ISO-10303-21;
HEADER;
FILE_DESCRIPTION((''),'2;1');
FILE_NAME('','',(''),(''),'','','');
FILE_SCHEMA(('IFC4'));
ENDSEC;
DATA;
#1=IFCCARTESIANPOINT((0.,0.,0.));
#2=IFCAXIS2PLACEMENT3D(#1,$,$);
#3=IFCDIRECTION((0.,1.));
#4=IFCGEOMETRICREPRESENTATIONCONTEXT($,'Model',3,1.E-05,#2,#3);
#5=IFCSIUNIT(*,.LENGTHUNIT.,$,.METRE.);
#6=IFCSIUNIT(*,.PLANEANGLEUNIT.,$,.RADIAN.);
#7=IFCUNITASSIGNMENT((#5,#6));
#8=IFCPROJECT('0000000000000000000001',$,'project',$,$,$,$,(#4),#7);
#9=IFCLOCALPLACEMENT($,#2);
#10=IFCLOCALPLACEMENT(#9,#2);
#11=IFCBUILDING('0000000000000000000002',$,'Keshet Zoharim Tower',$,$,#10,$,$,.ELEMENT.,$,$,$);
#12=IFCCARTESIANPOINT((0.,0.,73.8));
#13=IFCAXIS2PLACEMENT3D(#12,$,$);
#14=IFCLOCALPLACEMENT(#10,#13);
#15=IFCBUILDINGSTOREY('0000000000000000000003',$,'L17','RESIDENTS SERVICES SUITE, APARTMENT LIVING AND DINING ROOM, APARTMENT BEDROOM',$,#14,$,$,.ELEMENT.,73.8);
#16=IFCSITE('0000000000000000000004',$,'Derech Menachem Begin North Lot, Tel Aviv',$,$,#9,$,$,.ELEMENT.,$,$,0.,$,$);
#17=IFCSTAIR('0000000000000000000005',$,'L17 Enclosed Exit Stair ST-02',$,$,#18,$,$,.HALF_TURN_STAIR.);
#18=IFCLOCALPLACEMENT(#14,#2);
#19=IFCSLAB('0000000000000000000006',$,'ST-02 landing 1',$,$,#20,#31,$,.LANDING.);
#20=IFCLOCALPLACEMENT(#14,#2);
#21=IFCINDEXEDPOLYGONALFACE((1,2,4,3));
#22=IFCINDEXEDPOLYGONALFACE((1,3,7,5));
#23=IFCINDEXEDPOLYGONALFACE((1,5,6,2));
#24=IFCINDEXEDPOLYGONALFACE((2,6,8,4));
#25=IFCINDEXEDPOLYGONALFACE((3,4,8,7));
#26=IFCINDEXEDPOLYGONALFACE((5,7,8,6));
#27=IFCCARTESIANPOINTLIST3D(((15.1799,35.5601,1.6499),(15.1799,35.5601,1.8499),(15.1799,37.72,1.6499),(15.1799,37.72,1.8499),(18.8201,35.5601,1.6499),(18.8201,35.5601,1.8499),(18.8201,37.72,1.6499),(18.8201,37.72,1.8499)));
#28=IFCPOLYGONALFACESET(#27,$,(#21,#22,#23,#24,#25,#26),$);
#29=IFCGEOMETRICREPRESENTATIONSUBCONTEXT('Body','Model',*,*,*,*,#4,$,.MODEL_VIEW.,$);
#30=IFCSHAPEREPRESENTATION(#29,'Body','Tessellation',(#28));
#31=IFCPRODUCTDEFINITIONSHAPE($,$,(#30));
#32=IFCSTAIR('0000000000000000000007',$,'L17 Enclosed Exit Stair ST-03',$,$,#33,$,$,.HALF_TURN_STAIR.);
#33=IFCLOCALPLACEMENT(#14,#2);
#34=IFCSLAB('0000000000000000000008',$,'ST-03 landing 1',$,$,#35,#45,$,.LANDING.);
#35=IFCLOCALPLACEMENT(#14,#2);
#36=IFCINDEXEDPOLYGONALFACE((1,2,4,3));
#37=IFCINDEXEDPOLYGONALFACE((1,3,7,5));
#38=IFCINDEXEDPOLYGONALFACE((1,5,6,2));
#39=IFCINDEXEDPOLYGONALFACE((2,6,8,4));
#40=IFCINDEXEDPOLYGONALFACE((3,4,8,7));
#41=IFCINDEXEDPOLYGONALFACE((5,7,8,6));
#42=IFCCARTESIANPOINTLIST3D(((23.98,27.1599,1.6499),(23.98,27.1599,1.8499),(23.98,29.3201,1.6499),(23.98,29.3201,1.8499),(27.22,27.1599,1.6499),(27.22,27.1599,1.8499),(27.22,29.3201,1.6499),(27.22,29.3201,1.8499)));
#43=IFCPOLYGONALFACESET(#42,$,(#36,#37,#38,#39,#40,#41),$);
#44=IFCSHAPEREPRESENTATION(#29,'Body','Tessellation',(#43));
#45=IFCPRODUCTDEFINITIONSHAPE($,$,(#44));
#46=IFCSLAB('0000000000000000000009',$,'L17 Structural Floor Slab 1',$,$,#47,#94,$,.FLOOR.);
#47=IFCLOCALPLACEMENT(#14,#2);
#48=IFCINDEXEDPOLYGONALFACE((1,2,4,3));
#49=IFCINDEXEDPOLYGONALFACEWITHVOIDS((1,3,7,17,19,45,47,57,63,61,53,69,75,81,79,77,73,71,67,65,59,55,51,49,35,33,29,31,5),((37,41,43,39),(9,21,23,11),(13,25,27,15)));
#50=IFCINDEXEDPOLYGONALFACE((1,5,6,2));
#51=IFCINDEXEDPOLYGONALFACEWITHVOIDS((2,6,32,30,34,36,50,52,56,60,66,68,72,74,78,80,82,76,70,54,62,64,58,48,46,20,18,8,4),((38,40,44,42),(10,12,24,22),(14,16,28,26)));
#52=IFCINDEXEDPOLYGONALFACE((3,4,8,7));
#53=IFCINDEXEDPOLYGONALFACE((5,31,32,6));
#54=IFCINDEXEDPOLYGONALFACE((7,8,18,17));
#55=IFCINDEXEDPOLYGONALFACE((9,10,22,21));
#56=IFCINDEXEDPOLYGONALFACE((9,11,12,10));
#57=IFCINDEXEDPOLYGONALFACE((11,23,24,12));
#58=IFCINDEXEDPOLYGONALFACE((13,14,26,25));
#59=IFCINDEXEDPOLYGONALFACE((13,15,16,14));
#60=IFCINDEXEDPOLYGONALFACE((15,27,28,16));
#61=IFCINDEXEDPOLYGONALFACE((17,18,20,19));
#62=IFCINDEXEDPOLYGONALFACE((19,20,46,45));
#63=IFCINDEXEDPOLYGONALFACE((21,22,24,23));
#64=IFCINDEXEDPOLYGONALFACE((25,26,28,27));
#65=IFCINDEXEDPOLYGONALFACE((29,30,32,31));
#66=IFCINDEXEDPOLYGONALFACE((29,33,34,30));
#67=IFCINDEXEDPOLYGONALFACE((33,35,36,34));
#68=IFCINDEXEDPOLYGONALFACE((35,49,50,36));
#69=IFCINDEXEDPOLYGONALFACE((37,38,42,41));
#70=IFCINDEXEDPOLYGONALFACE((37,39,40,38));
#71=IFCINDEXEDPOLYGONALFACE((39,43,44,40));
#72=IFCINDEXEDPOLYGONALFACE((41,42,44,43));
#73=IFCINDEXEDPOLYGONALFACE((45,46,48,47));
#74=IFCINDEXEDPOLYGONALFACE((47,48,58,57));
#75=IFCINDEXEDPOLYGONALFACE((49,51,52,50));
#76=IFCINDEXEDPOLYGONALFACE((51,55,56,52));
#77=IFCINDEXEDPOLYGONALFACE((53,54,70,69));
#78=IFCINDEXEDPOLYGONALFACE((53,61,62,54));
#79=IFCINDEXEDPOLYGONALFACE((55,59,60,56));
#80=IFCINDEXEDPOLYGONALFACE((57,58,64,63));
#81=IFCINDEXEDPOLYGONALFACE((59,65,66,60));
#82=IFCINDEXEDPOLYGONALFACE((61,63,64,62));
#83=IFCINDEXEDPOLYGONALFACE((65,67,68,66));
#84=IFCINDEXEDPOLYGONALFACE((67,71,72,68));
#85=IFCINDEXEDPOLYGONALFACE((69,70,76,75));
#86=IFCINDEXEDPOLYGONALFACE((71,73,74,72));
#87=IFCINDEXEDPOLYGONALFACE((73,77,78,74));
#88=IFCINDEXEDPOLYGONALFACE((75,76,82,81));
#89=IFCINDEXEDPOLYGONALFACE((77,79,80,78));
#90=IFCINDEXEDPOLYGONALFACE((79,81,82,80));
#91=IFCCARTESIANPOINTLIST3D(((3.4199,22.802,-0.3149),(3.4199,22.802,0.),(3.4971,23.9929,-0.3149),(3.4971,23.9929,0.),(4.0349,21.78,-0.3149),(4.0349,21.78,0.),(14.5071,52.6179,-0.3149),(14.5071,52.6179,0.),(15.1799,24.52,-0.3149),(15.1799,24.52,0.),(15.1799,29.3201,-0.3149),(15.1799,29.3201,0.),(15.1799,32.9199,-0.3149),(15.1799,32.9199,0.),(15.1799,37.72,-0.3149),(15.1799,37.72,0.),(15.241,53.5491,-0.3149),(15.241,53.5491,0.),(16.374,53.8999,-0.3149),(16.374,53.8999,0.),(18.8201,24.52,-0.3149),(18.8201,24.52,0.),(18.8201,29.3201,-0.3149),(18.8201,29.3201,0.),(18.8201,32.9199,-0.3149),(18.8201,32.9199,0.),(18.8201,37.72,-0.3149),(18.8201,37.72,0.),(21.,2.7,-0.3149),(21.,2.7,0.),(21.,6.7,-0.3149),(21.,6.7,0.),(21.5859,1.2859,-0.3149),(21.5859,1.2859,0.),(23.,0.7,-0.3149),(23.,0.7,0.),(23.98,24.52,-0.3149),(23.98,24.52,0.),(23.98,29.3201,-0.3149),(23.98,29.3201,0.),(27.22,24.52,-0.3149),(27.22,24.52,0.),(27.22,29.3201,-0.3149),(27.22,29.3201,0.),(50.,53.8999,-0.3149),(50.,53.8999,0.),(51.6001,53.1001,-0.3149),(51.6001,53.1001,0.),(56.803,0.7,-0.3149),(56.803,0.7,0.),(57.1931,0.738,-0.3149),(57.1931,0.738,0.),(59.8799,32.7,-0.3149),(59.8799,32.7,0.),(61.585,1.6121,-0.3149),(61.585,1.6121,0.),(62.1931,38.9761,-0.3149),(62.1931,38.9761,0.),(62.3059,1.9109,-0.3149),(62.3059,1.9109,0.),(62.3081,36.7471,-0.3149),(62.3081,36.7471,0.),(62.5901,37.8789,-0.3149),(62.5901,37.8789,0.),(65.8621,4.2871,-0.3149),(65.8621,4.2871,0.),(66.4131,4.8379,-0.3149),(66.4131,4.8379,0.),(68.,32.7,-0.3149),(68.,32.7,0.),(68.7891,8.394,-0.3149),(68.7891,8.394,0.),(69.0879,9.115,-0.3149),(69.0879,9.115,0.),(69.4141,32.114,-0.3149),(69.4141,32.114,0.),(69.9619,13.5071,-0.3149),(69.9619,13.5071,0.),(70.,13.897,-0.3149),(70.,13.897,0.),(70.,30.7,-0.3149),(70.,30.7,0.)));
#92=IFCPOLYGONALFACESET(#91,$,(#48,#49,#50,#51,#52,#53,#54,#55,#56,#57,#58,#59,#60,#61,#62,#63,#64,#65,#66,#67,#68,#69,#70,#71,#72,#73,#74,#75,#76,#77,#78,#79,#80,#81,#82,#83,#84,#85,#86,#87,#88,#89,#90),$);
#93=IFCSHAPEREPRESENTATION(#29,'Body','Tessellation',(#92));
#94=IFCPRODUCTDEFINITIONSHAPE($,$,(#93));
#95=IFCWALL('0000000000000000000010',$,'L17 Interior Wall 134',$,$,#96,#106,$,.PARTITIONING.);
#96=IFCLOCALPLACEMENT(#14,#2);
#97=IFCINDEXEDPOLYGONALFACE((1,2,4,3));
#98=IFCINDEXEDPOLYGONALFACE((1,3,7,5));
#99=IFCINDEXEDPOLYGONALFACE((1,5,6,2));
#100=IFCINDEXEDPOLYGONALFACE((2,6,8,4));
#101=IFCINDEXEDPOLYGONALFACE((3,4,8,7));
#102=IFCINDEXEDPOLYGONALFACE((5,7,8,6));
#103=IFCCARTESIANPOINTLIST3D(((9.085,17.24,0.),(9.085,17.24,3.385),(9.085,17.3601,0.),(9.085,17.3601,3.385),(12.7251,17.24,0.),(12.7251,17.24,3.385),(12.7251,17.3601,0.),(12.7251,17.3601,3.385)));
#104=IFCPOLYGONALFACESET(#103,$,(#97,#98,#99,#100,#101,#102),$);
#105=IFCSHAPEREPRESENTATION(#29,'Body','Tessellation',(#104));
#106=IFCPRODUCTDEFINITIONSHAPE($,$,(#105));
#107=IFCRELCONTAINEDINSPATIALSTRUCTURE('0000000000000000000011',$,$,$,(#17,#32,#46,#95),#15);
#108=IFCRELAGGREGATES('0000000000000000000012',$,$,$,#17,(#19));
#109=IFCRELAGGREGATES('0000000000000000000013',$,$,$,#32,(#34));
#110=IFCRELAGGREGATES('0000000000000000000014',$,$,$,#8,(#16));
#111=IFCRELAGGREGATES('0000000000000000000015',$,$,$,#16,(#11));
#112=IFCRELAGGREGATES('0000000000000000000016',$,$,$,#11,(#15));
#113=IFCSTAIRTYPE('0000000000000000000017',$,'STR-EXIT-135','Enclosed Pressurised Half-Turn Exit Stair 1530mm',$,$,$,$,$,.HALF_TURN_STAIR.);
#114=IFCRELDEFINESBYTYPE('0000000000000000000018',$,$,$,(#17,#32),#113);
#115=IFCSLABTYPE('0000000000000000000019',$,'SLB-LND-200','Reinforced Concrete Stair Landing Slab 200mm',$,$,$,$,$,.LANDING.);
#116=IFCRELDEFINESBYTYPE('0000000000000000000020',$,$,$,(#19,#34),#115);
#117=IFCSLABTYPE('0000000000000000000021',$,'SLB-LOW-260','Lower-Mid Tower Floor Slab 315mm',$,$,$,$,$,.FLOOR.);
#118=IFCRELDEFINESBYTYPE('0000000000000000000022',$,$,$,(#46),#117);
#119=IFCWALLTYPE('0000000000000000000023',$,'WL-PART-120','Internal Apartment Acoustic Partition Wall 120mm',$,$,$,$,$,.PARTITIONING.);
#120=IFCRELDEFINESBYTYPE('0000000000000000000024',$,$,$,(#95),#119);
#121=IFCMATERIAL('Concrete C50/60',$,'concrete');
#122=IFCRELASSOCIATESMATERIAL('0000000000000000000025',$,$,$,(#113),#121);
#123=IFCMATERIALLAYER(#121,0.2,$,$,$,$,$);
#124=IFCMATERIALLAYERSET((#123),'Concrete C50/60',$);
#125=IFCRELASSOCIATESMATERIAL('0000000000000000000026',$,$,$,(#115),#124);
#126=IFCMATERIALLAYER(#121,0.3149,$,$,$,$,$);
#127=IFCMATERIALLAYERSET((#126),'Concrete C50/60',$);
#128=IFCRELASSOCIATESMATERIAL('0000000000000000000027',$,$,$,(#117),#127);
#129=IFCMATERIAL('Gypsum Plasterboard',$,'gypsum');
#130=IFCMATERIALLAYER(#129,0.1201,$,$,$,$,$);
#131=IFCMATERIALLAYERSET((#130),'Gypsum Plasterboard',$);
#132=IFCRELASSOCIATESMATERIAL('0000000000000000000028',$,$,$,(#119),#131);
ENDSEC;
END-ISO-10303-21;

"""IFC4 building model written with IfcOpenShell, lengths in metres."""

from ifc_helpers import new_model, si_unit, direction, frame, frame_2d, origin, place, context, subcontext, project, spatial, polyline, rectangle, outline, extrude, material, layer, layer_set, type_object, element, aggregate, save


model = new_model("IFC4")

# Units and contexts
model_context = context("Model", 3, precision=1e-05, world=origin(), true_north=direction((0.0, 1.0)))
body_context = subcontext(model_context, "Body", "Model", "MODEL_VIEW")
ifc_project = project(units=[si_unit("LENGTHUNIT", "METRE"), si_unit("PLANEANGLEUNIT", "RADIAN")], contexts=[model_context])

# Site, building, storey
site_placement = place(None, origin())
site = spatial("IfcSite", under=ifc_project, at=site_placement, Name="Derech Menachem Begin North Lot, Tel Aviv", CompositionType="ELEMENT", RefElevation=0.0)
building_placement = place(site_placement, origin())
building = spatial("IfcBuilding", under=site, at=building_placement, Name="Keshet Zoharim Tower", CompositionType="ELEMENT")
storey_placement = place(building_placement, frame((0.0, 0.0, 73.8)))
storey = spatial("IfcBuildingStorey", under=building, at=storey_placement, Name="L17", Description="RESIDENTS SERVICES SUITE, APARTMENT LIVING AND DINING ROOM, APARTMENT BEDROOM", CompositionType="ELEMENT", Elevation=73.8)

# Stairs, slabs
ifc_material_1 = material(Name="Concrete C50/60", Category="concrete")
stair_type = type_object("IfcStairType", Name="STR-EXIT-135", Description="Enclosed Pressurised Half-Turn Exit Stair 1530mm", PredefinedType="HALF_TURN_STAIR", material=ifc_material_1)
ifc_layer_1 = layer(ifc_material_1, 0.2)
ifc_layer_set_1 = layer_set([ifc_layer_1], Name="Concrete C50/60")
slab_type_1 = type_object("IfcSlabType", Name="SLB-LND-200", Description="Reinforced Concrete Stair Landing Slab 200mm", PredefinedType="LANDING", material=ifc_layer_set_1)
stair_1_placement = place(storey_placement, origin())
stair_1 = element("IfcStair", 1, at=stair_1_placement, inside=storey, type_object=stair_type, Name="L17 Enclosed Exit Stair ST-02", PredefinedType="HALF_TURN_STAIR")
slab_1_placement = place(storey_placement, frame((0.0, 0.0, 1.6499)))
slab_1 = element("IfcSlab", 2, at=slab_1_placement, type_object=slab_type_1, Name="ST-02 landing 1", PredefinedType="LANDING", context=body_context, shape_type="SweptSolid", body=[
    extrude(outline(polyline([(15.1799, 35.5601), (18.8201, 35.5601), (18.8201, 37.72), (15.1799, 37.72), (15.1799, 35.5601)])), origin(), (0.0, 0.0, 1.0), 0.2),
])
aggregate(stair_1, [slab_1])
stair_2_placement = place(storey_placement, origin())
stair_2 = element("IfcStair", 3, at=stair_2_placement, inside=storey, type_object=stair_type, Name="L17 Enclosed Exit Stair ST-03", PredefinedType="HALF_TURN_STAIR")
slab_2_placement = place(storey_placement, frame((0.0, 0.0, 1.6499)))
slab_2 = element("IfcSlab", 4, at=slab_2_placement, type_object=slab_type_1, Name="ST-03 landing 1", PredefinedType="LANDING", context=body_context, shape_type="SweptSolid", body=[
    extrude(outline(polyline([(23.98, 27.1599), (27.22, 27.1599), (27.22, 29.3201), (23.98, 29.3201), (23.98, 27.1599)])), origin(), (0.0, 0.0, 1.0), 0.2),
])
aggregate(stair_2, [slab_2])

# Slab
ifc_layer_2 = layer(ifc_material_1, 0.3149)
ifc_layer_set_2 = layer_set([ifc_layer_2], Name="Concrete C50/60")
slab_type_2 = type_object("IfcSlabType", Name="SLB-LOW-260", Description="Lower-Mid Tower Floor Slab 315mm", PredefinedType="FLOOR", material=ifc_layer_set_2)
slab_3_placement = place(storey_placement, frame((0.0, 0.0, -0.3149)))
element("IfcSlab", 5, at=slab_3_placement, inside=storey, type_object=slab_type_2, Name="L17 Structural Floor Slab 1", PredefinedType="FLOOR", context=body_context, shape_type="SweptSolid", body=[
    extrude(outline(polyline([(21.0, 6.7), (4.0349, 21.78), (3.4199, 22.802), (3.4971, 23.9929), (14.5071, 52.6179), (15.241, 53.5491), (16.374, 53.8999), (50.0, 53.8999), (51.6001, 53.1001), (62.1931, 38.9761), (62.5901, 37.8789), (62.3081, 36.7471), (59.8799, 32.7), (68.0, 32.7), (69.4141, 32.114), (70.0, 30.7), (70.0, 13.897), (69.9619, 13.5071), (69.0879, 9.115), (68.7891, 8.394), (66.4131, 4.8379), (65.8621, 4.2871), (62.3059, 1.9109), (61.585, 1.6121), (57.1931, 0.738), (56.803, 0.7), (23.0, 0.7), (21.5859, 1.2859), (21.0, 2.7), (21.0, 6.7)]), holes=[polyline([(15.1799, 24.52), (18.8201, 24.52), (18.8201, 29.3201), (15.1799, 29.3201), (15.1799, 24.52)]), polyline([(15.1799, 32.9199), (18.8201, 32.9199), (18.8201, 37.72), (15.1799, 37.72), (15.1799, 32.9199)]), polyline([(23.98, 24.52), (27.22, 24.52), (27.22, 29.3201), (23.98, 29.3201), (23.98, 24.52)])]), origin(), (0.0, 0.0, 1.0), 0.3149),
])

# Shared definitions
ifc_material_2 = material(Name="Gypsum Plasterboard", Category="gypsum")

# Wall
ifc_layer_3 = layer(ifc_material_2, 0.1201)
ifc_layer_set_3 = layer_set([ifc_layer_3], Name="Gypsum Plasterboard")
wall_type_1 = type_object("IfcWallType", Name="WL-PART-120", Description="Internal Apartment Acoustic Partition Wall 120mm", PredefinedType="PARTITIONING", material=ifc_layer_set_3)
wall_1_placement = place(storey_placement, frame((9.085, 17.3, 0.0), z_axis=(0.0, 0.0, 1.0), x_axis=(1.0, 0.0, 0.0)))
element("IfcWall", 6, at=wall_1_placement, inside=storey, type_object=wall_type_1, Name="L17 Interior Wall 134", PredefinedType="PARTITIONING", context=body_context, shape_type="SweptSolid", body=[
    extrude(rectangle(XDim=3.6401, YDim=0.1201, at=frame_2d((1.8201, 0.0))), origin(), (0.0, 0.0, 1.0), 3.385),
])

save(model, "model.ifc")
